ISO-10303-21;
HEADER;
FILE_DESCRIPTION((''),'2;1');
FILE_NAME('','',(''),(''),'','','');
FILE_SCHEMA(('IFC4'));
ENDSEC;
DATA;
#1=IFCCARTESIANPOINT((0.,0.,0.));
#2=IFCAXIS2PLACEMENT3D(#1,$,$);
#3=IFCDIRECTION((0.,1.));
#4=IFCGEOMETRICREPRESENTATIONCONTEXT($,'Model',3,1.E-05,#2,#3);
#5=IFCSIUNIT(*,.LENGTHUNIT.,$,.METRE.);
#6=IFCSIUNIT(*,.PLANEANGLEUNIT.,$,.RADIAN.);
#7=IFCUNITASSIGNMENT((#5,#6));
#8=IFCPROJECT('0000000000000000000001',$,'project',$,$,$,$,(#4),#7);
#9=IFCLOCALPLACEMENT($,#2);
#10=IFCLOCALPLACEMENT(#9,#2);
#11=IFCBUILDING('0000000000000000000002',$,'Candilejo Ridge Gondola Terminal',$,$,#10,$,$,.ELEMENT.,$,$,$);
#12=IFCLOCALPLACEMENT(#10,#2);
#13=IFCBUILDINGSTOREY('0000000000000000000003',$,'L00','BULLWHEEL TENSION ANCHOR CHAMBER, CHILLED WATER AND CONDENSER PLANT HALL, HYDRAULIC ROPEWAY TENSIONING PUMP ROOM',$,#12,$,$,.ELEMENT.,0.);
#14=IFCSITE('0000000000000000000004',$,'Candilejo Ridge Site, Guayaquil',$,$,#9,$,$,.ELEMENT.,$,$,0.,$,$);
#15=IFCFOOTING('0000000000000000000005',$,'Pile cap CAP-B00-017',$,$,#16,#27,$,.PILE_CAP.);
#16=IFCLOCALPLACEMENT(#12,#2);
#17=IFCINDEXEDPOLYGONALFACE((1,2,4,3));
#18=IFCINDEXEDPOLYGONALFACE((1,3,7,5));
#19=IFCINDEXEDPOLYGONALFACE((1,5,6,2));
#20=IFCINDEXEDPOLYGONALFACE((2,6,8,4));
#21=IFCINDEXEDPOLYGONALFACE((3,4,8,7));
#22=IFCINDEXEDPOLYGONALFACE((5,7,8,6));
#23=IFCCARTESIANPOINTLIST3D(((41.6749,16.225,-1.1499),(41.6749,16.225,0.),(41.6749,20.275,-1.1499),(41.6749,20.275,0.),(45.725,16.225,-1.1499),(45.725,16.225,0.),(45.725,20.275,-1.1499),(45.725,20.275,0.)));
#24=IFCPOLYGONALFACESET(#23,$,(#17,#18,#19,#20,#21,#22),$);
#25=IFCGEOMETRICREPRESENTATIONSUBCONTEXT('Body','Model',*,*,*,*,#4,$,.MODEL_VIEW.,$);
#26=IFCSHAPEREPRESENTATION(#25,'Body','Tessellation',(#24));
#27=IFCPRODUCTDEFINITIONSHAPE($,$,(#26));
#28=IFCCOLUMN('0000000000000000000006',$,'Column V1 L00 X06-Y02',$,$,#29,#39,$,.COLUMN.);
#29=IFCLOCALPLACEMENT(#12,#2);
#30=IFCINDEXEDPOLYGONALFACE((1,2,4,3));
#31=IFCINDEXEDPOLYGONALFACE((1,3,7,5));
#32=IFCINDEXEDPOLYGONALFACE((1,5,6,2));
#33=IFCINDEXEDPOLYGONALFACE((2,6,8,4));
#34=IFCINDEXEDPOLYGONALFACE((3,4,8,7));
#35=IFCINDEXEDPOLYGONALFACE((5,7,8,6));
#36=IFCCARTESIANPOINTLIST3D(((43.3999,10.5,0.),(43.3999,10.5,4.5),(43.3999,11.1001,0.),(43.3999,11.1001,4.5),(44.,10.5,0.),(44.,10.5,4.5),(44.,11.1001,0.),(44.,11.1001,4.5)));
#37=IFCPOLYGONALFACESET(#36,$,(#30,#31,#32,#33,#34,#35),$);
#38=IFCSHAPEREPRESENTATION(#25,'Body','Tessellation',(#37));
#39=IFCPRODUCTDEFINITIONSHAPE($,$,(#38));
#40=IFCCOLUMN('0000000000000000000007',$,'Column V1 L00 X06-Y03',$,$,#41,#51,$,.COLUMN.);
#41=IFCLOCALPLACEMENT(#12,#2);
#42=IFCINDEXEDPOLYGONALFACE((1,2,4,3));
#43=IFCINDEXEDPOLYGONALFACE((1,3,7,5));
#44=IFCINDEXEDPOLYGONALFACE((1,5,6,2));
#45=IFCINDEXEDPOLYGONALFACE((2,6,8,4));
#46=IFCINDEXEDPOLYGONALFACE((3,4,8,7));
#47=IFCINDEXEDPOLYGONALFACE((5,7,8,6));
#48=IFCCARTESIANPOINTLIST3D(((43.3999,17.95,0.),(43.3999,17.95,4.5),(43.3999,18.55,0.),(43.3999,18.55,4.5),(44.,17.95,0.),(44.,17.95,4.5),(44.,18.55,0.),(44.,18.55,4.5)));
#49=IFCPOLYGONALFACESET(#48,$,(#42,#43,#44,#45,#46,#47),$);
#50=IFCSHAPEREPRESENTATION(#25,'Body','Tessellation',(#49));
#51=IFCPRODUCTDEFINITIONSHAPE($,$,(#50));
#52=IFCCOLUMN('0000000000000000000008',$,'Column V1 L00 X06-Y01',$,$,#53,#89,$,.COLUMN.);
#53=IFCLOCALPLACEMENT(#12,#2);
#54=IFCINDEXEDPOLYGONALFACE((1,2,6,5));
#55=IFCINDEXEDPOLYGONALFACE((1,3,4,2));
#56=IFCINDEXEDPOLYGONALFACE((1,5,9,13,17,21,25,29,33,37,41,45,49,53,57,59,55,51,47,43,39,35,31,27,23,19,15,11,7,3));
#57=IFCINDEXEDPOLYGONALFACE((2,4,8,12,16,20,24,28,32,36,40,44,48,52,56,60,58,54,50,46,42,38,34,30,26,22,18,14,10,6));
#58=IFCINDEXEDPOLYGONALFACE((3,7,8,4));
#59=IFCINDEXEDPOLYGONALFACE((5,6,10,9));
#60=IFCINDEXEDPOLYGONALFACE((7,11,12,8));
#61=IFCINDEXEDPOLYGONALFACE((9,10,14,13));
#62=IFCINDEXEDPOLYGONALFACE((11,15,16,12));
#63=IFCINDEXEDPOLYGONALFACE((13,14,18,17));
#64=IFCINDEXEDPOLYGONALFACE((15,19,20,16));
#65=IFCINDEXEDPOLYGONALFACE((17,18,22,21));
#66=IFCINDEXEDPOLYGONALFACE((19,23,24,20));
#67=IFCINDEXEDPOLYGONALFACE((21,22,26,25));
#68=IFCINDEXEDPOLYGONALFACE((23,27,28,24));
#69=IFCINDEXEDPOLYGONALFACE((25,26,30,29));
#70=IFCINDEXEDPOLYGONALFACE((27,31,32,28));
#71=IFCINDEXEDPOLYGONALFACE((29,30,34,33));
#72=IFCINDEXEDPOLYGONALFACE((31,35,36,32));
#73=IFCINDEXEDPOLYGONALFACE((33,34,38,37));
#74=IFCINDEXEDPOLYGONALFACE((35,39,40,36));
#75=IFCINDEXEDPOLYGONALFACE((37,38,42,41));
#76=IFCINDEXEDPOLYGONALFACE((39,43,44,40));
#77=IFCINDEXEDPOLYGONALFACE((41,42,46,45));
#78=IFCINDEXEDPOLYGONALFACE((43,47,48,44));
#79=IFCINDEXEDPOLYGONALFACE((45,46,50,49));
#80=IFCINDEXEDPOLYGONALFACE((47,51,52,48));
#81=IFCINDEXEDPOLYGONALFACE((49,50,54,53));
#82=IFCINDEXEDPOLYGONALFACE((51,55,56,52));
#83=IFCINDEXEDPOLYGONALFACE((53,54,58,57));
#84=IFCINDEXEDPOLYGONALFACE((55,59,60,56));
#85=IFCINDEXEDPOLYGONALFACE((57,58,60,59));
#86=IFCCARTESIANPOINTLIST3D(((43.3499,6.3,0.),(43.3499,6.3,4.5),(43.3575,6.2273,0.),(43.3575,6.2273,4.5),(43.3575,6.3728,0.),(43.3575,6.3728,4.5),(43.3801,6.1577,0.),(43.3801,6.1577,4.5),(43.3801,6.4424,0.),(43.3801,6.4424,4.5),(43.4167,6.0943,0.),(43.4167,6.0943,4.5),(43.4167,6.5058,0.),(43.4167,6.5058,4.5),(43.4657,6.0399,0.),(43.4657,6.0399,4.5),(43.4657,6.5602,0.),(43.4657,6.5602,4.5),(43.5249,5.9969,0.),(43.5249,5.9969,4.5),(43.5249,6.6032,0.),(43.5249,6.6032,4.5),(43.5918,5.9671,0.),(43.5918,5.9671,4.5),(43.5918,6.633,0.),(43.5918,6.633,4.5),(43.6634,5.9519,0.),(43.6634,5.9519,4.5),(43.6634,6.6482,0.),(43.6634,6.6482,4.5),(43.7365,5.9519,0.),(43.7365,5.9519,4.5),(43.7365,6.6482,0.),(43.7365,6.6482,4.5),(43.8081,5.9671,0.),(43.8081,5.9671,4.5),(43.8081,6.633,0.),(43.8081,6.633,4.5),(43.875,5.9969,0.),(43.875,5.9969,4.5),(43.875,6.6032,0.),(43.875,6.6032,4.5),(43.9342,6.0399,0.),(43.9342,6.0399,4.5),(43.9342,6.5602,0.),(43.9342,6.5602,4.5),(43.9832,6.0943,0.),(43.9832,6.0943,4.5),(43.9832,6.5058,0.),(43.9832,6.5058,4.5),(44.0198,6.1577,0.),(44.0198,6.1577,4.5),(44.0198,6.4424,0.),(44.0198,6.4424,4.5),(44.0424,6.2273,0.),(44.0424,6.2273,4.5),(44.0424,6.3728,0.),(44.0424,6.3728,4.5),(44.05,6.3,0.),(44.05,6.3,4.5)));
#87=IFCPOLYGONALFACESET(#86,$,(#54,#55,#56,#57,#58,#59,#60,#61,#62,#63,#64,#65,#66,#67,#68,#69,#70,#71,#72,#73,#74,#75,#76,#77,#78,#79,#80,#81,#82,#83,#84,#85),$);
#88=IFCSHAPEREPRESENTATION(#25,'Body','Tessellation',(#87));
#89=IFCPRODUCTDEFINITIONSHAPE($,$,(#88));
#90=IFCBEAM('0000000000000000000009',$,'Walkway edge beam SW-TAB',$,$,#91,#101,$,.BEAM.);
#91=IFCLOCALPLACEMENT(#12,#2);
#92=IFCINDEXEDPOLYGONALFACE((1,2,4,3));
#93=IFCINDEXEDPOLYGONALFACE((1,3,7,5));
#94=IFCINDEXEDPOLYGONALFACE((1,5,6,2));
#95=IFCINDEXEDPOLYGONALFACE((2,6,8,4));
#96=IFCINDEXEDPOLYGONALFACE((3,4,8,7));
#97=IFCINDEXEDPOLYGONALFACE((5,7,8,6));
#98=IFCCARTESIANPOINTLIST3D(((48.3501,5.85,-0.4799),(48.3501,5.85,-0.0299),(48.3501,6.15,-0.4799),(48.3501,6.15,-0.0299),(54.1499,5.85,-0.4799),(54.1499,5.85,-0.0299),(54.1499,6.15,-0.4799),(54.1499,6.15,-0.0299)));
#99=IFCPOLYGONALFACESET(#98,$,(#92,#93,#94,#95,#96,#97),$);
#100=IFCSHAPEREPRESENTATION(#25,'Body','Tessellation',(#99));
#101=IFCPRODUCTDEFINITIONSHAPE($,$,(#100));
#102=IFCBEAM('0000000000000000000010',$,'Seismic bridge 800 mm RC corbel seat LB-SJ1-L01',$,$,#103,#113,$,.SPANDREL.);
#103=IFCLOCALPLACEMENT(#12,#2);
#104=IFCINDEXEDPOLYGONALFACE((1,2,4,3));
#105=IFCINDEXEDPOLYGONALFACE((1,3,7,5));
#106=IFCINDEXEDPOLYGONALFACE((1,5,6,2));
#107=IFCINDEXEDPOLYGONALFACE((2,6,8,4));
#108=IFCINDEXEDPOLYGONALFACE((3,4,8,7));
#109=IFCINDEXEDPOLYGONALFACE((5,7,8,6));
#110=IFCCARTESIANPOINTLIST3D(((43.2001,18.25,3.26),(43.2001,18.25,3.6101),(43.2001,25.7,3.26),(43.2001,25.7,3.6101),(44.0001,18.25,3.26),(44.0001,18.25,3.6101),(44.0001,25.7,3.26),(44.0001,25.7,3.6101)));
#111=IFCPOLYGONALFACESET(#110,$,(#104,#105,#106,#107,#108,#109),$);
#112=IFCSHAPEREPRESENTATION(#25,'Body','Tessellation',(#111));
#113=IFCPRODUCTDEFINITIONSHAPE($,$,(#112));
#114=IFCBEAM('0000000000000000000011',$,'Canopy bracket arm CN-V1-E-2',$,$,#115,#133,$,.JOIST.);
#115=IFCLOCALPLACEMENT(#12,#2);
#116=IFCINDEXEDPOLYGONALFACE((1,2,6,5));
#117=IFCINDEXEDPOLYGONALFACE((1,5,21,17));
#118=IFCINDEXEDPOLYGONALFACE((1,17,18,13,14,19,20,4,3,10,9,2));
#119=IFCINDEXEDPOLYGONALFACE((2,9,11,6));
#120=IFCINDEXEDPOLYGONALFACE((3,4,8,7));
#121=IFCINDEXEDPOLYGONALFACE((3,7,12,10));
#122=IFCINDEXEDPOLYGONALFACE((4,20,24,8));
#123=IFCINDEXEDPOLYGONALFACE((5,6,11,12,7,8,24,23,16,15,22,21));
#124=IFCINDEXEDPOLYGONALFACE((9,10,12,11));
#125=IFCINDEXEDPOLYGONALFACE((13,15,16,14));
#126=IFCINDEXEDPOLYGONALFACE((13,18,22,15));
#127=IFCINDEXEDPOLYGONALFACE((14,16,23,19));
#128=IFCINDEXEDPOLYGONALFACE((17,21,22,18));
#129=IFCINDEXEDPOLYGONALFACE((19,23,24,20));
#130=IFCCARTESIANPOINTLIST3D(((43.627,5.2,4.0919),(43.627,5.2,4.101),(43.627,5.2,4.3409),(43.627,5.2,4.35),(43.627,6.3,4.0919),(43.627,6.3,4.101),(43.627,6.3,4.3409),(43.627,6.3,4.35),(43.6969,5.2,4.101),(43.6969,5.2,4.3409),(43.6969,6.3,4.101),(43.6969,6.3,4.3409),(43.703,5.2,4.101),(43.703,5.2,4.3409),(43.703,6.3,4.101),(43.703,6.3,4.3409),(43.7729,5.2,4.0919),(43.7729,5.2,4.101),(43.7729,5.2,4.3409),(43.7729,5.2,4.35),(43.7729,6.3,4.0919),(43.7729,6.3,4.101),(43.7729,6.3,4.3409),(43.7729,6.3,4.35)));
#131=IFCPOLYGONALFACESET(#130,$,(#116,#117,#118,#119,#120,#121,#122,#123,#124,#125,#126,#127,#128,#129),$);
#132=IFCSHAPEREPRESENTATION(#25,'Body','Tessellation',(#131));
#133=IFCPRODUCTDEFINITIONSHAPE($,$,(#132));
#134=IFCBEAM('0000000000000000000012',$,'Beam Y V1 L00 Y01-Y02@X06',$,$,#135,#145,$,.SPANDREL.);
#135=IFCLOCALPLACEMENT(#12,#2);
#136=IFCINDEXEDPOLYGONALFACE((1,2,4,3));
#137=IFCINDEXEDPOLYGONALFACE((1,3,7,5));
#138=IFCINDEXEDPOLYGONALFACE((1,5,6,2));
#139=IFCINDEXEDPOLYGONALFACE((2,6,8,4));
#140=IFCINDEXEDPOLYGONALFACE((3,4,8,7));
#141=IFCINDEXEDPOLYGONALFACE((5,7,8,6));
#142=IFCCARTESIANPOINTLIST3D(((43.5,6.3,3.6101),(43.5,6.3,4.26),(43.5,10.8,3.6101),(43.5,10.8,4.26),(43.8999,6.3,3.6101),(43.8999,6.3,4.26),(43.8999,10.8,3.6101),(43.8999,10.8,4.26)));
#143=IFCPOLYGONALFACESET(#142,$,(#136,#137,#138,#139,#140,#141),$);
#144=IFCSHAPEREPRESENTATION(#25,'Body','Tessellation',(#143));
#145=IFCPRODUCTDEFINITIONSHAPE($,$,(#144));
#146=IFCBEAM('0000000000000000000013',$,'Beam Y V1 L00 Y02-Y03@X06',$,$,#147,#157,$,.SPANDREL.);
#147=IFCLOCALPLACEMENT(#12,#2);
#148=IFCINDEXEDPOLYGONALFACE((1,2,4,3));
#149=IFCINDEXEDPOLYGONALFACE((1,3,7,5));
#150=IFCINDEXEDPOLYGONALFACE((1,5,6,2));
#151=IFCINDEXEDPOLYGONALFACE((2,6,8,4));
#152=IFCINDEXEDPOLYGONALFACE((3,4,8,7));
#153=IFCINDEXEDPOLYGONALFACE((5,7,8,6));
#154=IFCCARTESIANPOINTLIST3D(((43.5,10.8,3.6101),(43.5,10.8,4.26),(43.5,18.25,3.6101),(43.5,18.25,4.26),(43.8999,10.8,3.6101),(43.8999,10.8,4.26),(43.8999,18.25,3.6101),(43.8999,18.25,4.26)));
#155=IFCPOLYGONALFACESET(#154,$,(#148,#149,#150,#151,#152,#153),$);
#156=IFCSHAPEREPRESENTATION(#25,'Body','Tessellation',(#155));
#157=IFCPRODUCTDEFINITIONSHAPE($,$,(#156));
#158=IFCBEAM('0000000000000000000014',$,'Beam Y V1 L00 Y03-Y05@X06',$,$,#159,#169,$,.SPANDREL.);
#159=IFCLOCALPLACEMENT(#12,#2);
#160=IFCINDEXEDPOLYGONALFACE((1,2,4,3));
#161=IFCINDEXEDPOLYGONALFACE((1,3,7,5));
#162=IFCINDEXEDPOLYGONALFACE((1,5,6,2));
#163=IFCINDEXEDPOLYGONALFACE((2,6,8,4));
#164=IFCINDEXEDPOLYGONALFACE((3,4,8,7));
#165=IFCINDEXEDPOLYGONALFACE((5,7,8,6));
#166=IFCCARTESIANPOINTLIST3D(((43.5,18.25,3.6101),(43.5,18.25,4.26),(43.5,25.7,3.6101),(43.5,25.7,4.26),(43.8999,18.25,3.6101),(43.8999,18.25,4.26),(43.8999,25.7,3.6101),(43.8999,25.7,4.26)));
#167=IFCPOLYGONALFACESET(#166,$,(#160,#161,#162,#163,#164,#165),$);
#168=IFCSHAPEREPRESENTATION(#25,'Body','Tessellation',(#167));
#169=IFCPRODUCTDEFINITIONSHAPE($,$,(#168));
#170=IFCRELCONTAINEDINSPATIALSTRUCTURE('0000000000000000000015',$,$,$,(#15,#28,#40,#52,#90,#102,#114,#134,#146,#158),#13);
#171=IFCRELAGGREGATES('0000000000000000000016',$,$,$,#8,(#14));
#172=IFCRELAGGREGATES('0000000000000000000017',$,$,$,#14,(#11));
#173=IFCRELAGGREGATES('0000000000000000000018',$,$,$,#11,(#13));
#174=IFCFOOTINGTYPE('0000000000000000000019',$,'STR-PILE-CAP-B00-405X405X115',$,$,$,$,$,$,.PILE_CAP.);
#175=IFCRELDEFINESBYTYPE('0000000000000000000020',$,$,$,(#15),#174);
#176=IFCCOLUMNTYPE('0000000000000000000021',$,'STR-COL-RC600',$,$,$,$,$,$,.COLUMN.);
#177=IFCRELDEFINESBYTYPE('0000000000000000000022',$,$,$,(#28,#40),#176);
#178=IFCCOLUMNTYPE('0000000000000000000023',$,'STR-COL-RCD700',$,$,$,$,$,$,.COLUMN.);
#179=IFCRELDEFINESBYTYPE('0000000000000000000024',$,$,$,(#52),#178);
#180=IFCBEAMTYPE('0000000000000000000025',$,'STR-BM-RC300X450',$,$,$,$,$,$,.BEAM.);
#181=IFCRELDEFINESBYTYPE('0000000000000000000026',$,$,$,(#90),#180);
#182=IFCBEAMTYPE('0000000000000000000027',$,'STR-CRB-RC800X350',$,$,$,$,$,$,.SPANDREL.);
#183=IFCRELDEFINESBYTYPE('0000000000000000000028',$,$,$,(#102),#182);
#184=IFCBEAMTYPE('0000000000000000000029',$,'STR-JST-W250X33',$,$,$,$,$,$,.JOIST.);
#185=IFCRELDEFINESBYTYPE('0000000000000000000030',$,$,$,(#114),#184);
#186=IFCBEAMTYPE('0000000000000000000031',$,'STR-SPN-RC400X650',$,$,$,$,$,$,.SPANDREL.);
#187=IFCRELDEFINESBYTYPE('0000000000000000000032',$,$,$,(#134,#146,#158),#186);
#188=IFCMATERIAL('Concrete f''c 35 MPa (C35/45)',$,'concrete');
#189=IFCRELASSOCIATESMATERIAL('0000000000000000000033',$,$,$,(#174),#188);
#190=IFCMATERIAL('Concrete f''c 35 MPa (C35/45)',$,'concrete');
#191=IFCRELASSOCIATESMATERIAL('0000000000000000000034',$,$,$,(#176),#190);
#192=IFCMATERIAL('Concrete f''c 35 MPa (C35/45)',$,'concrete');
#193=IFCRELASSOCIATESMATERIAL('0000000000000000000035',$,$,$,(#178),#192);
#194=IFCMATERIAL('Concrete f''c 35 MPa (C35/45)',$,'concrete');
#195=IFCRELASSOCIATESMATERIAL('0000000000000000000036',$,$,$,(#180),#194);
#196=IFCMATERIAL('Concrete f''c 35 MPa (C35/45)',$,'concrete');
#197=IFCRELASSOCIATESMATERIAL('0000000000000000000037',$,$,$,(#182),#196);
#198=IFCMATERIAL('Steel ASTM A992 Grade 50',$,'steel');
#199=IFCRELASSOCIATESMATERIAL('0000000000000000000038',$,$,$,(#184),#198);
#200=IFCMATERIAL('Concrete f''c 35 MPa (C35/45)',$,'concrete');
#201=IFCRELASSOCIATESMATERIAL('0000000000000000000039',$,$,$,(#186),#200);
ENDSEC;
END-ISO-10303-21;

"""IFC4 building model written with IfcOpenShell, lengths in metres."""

from ifc_helpers import new_model, si_unit, direction, frame, origin, origin_2d, place, context, subcontext, project, spatial, rectangle, circle, i_section, extrude, material, material_profile, profile_set, type_object, element, save


model = new_model("IFC4")

# Units and contexts
model_context = context("Model", 3, precision=1e-05, world=origin(), true_north=direction((0.0, 1.0)))
body_context = subcontext(model_context, "Body", "Model", "MODEL_VIEW")
ifc_project = project(units=[si_unit("LENGTHUNIT", "METRE"), si_unit("PLANEANGLEUNIT", "RADIAN")], contexts=[model_context])

# Site, building, storey
site_placement = place(None, origin())
site = spatial("IfcSite", under=ifc_project, at=site_placement, Name="Candilejo Ridge Site, Guayaquil", CompositionType="ELEMENT", RefElevation=0.0)
building_placement = place(site_placement, origin())
building = spatial("IfcBuilding", under=site, at=building_placement, Name="Candilejo Ridge Gondola Terminal", CompositionType="ELEMENT")
storey_placement = place(building_placement, origin())
storey = spatial("IfcBuildingStorey", under=building, at=storey_placement, Name="L00", Description="BULLWHEEL TENSION ANCHOR CHAMBER, CHILLED WATER AND CONDENSER PLANT HALL, HYDRAULIC ROPEWAY TENSIONING PUMP ROOM", CompositionType="ELEMENT", Elevation=0.0)

# Footing
ifc_material_1 = material(Name="Concrete f'c 35 MPa (C35/45)", Category="concrete")
footing_type_1 = type_object("IfcFootingType", Name="STR-PILE-CAP-B00-405X405X115", PredefinedType="PILE_CAP", material=ifc_material_1)
footing_1_placement = place(storey_placement, frame((43.7, 18.25, -1.1499), z_axis=(0.0, 0.0, 1.0), x_axis=(1.0, 0.0, 0.0)))
element("IfcFooting", 1, at=footing_1_placement, inside=storey, type_object=footing_type_1, Name="Pile cap CAP-B00-017", PredefinedType="PILE_CAP", context=body_context, shape_type="SweptSolid", body=[
    extrude(rectangle(XDim=4.05, YDim=4.05, at=origin_2d()), origin(), (0.0, 0.0, 1.0), 1.1499),
])

# Columns
ifc_material_2 = material(Name="Concrete f'c 35 MPa (C35/45)", Category="concrete")
ifc_material_profile_1 = material_profile(ifc_material_2, rectangle(XDim=0.6001, YDim=0.6001, at=origin_2d()))
ifc_profile_set_1 = profile_set([ifc_material_profile_1], Name="Concrete f'c 35 MPa (C35/45)")
column_type_1 = type_object("IfcColumnType", Name="STR-COL-RC600", PredefinedType="COLUMN", material=ifc_profile_set_1)
for number, where, z_axis, x_axis, name in (
    (2, (43.7, 10.8, 0.0), (0.0, 0.0, 1.0), (1.0, 0.0, 0.0), "Column V1 L00 X06-Y02"),
    (3, (43.7, 18.25, 0.0), (0.0, 0.0, 1.0), (1.0, 0.0, 0.0), "Column V1 L00 X06-Y03"),
):
    element("IfcColumn", number, at=place(storey_placement, frame(where, z_axis=z_axis, x_axis=x_axis)), inside=storey, type_object=column_type_1, Name=name, PredefinedType="COLUMN", context=body_context, shape_type="SweptSolid", body=[
        extrude(rectangle(XDim=0.6001, YDim=0.6001, at=origin_2d()), origin(), (0.0, 0.0, 1.0), 4.5),
    ])
ifc_material_3 = material(Name="Concrete f'c 35 MPa (C35/45)", Category="concrete")
ifc_material_profile_2 = material_profile(ifc_material_3, circle(Radius=0.3501, at=origin_2d()))
ifc_profile_set_2 = profile_set([ifc_material_profile_2], Name="Concrete f'c 35 MPa (C35/45)")
column_type_2 = type_object("IfcColumnType", Name="STR-COL-RCD700", PredefinedType="COLUMN", material=ifc_profile_set_2)
column_placement = place(storey_placement, frame((43.7, 6.3, 0.0), z_axis=(0.0, 0.0, 1.0), x_axis=(1.0, 0.0, 0.0)))
element("IfcColumn", 4, at=column_placement, inside=storey, type_object=column_type_2, Name="Column V1 L00 X06-Y01", PredefinedType="COLUMN", context=body_context, shape_type="SweptSolid", body=[
    extrude(circle(Radius=0.3501, at=origin_2d()), origin(), (0.0, 0.0, 1.0), 4.5),
])

# Beams
ifc_material_4 = material(Name="Concrete f'c 35 MPa (C35/45)", Category="concrete")
ifc_material_profile_3 = material_profile(ifc_material_4, rectangle(XDim=0.3, YDim=0.45, at=origin_2d()))
ifc_profile_set_3 = profile_set([ifc_material_profile_3], Name="Concrete f'c 35 MPa (C35/45)")
beam_type_1 = type_object("IfcBeamType", Name="STR-BM-RC300X450", PredefinedType="BEAM", material=ifc_profile_set_3)
beam_1_placement = place(storey_placement, frame((48.3501, 6.0, -0.2549), z_axis=(1.0, 0.0, 0.0), x_axis=(0.0, 1.0, 0.0)))
element("IfcBeam", 5, at=beam_1_placement, inside=storey, type_object=beam_type_1, Name="Walkway edge beam SW-TAB", PredefinedType="BEAM", context=body_context, shape_type="SweptSolid", body=[
    extrude(rectangle(XDim=0.3, YDim=0.45, at=origin_2d()), origin(), (0.0, 0.0, 1.0), 5.7998),
])
ifc_material_5 = material(Name="Concrete f'c 35 MPa (C35/45)", Category="concrete")
ifc_material_profile_4 = material_profile(ifc_material_5, rectangle(XDim=0.8, YDim=0.3501, at=origin_2d()))
ifc_profile_set_4 = profile_set([ifc_material_profile_4], Name="Concrete f'c 35 MPa (C35/45)")
beam_type_2 = type_object("IfcBeamType", Name="STR-CRB-RC800X350", PredefinedType="SPANDREL", material=ifc_profile_set_4)
beam_2_placement = place(storey_placement, frame((43.6001, 18.25, 3.4351), z_axis=(0.0, 1.0, 0.0), x_axis=(-1.0, 0.0, 0.0)))
element("IfcBeam", 6, at=beam_2_placement, inside=storey, type_object=beam_type_2, Name="Seismic bridge 800 mm RC corbel seat LB-SJ1-L01", PredefinedType="SPANDREL", context=body_context, shape_type="SweptSolid", body=[
    extrude(rectangle(XDim=0.8, YDim=0.3501, at=origin_2d()), origin(), (0.0, 0.0, 1.0), 7.45),
])
ifc_material_6 = material(Name="Steel ASTM A992 Grade 50", Category="steel")
ifc_material_profile_5 = material_profile(ifc_material_6, i_section(OverallWidth=0.146, OverallDepth=0.2581, WebThickness=0.0061, FlangeThickness=0.009, at=origin_2d()))
ifc_profile_set_5 = profile_set([ifc_material_profile_5], Name="Steel ASTM A992 Grade 50")
beam_type_3 = type_object("IfcBeamType", Name="STR-JST-W250X33", PredefinedType="JOIST", material=ifc_profile_set_5)
beam_3_placement = place(storey_placement, frame((43.7, 5.2, 4.2209), z_axis=(0.0, 1.0, 0.0), x_axis=(-1.0, 0.0, 0.0)))
element("IfcBeam", 7, at=beam_3_placement, inside=storey, type_object=beam_type_3, Name="Canopy bracket arm CN-V1-E-2", PredefinedType="JOIST", context=body_context, shape_type="SweptSolid", body=[
    extrude(i_section(OverallWidth=0.146, OverallDepth=0.2581, WebThickness=0.0061, FlangeThickness=0.009, at=origin_2d()), origin(), (0.0, 0.0, 1.0), 1.1001),
])
ifc_material_7 = material(Name="Concrete f'c 35 MPa (C35/45)", Category="concrete")
ifc_material_profile_6 = material_profile(ifc_material_7, rectangle(XDim=0.3999, YDim=0.6499, at=origin_2d()))
ifc_profile_set_6 = profile_set([ifc_material_profile_6], Name="Concrete f'c 35 MPa (C35/45)")
beam_type_4 = type_object("IfcBeamType", Name="STR-SPN-RC400X650", PredefinedType="SPANDREL", material=ifc_profile_set_6)
beam_4_placement = place(storey_placement, frame((43.7, 6.3, 3.9351), z_axis=(0.0, 1.0, 0.0), x_axis=(-1.0, 0.0, 0.0)))
element("IfcBeam", 8, at=beam_4_placement, inside=storey, type_object=beam_type_4, Name="Beam Y V1 L00 Y01-Y02@X06", PredefinedType="SPANDREL", context=body_context, shape_type="SweptSolid", body=[
    extrude(rectangle(XDim=0.3999, YDim=0.6499, at=origin_2d()), origin(), (0.0, 0.0, 1.0), 4.5),
])
for number, where, z_axis, x_axis, name in (
    (9, (43.7, 10.8, 3.9351), (0.0, 1.0, 0.0), (-1.0, 0.0, 0.0), "Beam Y V1 L00 Y02-Y03@X06"),
    (10, (43.7, 18.25, 3.9351), (0.0, 1.0, 0.0), (-1.0, 0.0, 0.0), "Beam Y V1 L00 Y03-Y05@X06"),
):
    element("IfcBeam", number, at=place(storey_placement, frame(where, z_axis=z_axis, x_axis=x_axis)), inside=storey, type_object=beam_type_4, Name=name, PredefinedType="SPANDREL", context=body_context, shape_type="SweptSolid", body=[
        extrude(rectangle(XDim=0.3999, YDim=0.6499, at=origin_2d()), origin(), (0.0, 0.0, 1.0), 7.45),
    ])

save(model, "model.ifc")
